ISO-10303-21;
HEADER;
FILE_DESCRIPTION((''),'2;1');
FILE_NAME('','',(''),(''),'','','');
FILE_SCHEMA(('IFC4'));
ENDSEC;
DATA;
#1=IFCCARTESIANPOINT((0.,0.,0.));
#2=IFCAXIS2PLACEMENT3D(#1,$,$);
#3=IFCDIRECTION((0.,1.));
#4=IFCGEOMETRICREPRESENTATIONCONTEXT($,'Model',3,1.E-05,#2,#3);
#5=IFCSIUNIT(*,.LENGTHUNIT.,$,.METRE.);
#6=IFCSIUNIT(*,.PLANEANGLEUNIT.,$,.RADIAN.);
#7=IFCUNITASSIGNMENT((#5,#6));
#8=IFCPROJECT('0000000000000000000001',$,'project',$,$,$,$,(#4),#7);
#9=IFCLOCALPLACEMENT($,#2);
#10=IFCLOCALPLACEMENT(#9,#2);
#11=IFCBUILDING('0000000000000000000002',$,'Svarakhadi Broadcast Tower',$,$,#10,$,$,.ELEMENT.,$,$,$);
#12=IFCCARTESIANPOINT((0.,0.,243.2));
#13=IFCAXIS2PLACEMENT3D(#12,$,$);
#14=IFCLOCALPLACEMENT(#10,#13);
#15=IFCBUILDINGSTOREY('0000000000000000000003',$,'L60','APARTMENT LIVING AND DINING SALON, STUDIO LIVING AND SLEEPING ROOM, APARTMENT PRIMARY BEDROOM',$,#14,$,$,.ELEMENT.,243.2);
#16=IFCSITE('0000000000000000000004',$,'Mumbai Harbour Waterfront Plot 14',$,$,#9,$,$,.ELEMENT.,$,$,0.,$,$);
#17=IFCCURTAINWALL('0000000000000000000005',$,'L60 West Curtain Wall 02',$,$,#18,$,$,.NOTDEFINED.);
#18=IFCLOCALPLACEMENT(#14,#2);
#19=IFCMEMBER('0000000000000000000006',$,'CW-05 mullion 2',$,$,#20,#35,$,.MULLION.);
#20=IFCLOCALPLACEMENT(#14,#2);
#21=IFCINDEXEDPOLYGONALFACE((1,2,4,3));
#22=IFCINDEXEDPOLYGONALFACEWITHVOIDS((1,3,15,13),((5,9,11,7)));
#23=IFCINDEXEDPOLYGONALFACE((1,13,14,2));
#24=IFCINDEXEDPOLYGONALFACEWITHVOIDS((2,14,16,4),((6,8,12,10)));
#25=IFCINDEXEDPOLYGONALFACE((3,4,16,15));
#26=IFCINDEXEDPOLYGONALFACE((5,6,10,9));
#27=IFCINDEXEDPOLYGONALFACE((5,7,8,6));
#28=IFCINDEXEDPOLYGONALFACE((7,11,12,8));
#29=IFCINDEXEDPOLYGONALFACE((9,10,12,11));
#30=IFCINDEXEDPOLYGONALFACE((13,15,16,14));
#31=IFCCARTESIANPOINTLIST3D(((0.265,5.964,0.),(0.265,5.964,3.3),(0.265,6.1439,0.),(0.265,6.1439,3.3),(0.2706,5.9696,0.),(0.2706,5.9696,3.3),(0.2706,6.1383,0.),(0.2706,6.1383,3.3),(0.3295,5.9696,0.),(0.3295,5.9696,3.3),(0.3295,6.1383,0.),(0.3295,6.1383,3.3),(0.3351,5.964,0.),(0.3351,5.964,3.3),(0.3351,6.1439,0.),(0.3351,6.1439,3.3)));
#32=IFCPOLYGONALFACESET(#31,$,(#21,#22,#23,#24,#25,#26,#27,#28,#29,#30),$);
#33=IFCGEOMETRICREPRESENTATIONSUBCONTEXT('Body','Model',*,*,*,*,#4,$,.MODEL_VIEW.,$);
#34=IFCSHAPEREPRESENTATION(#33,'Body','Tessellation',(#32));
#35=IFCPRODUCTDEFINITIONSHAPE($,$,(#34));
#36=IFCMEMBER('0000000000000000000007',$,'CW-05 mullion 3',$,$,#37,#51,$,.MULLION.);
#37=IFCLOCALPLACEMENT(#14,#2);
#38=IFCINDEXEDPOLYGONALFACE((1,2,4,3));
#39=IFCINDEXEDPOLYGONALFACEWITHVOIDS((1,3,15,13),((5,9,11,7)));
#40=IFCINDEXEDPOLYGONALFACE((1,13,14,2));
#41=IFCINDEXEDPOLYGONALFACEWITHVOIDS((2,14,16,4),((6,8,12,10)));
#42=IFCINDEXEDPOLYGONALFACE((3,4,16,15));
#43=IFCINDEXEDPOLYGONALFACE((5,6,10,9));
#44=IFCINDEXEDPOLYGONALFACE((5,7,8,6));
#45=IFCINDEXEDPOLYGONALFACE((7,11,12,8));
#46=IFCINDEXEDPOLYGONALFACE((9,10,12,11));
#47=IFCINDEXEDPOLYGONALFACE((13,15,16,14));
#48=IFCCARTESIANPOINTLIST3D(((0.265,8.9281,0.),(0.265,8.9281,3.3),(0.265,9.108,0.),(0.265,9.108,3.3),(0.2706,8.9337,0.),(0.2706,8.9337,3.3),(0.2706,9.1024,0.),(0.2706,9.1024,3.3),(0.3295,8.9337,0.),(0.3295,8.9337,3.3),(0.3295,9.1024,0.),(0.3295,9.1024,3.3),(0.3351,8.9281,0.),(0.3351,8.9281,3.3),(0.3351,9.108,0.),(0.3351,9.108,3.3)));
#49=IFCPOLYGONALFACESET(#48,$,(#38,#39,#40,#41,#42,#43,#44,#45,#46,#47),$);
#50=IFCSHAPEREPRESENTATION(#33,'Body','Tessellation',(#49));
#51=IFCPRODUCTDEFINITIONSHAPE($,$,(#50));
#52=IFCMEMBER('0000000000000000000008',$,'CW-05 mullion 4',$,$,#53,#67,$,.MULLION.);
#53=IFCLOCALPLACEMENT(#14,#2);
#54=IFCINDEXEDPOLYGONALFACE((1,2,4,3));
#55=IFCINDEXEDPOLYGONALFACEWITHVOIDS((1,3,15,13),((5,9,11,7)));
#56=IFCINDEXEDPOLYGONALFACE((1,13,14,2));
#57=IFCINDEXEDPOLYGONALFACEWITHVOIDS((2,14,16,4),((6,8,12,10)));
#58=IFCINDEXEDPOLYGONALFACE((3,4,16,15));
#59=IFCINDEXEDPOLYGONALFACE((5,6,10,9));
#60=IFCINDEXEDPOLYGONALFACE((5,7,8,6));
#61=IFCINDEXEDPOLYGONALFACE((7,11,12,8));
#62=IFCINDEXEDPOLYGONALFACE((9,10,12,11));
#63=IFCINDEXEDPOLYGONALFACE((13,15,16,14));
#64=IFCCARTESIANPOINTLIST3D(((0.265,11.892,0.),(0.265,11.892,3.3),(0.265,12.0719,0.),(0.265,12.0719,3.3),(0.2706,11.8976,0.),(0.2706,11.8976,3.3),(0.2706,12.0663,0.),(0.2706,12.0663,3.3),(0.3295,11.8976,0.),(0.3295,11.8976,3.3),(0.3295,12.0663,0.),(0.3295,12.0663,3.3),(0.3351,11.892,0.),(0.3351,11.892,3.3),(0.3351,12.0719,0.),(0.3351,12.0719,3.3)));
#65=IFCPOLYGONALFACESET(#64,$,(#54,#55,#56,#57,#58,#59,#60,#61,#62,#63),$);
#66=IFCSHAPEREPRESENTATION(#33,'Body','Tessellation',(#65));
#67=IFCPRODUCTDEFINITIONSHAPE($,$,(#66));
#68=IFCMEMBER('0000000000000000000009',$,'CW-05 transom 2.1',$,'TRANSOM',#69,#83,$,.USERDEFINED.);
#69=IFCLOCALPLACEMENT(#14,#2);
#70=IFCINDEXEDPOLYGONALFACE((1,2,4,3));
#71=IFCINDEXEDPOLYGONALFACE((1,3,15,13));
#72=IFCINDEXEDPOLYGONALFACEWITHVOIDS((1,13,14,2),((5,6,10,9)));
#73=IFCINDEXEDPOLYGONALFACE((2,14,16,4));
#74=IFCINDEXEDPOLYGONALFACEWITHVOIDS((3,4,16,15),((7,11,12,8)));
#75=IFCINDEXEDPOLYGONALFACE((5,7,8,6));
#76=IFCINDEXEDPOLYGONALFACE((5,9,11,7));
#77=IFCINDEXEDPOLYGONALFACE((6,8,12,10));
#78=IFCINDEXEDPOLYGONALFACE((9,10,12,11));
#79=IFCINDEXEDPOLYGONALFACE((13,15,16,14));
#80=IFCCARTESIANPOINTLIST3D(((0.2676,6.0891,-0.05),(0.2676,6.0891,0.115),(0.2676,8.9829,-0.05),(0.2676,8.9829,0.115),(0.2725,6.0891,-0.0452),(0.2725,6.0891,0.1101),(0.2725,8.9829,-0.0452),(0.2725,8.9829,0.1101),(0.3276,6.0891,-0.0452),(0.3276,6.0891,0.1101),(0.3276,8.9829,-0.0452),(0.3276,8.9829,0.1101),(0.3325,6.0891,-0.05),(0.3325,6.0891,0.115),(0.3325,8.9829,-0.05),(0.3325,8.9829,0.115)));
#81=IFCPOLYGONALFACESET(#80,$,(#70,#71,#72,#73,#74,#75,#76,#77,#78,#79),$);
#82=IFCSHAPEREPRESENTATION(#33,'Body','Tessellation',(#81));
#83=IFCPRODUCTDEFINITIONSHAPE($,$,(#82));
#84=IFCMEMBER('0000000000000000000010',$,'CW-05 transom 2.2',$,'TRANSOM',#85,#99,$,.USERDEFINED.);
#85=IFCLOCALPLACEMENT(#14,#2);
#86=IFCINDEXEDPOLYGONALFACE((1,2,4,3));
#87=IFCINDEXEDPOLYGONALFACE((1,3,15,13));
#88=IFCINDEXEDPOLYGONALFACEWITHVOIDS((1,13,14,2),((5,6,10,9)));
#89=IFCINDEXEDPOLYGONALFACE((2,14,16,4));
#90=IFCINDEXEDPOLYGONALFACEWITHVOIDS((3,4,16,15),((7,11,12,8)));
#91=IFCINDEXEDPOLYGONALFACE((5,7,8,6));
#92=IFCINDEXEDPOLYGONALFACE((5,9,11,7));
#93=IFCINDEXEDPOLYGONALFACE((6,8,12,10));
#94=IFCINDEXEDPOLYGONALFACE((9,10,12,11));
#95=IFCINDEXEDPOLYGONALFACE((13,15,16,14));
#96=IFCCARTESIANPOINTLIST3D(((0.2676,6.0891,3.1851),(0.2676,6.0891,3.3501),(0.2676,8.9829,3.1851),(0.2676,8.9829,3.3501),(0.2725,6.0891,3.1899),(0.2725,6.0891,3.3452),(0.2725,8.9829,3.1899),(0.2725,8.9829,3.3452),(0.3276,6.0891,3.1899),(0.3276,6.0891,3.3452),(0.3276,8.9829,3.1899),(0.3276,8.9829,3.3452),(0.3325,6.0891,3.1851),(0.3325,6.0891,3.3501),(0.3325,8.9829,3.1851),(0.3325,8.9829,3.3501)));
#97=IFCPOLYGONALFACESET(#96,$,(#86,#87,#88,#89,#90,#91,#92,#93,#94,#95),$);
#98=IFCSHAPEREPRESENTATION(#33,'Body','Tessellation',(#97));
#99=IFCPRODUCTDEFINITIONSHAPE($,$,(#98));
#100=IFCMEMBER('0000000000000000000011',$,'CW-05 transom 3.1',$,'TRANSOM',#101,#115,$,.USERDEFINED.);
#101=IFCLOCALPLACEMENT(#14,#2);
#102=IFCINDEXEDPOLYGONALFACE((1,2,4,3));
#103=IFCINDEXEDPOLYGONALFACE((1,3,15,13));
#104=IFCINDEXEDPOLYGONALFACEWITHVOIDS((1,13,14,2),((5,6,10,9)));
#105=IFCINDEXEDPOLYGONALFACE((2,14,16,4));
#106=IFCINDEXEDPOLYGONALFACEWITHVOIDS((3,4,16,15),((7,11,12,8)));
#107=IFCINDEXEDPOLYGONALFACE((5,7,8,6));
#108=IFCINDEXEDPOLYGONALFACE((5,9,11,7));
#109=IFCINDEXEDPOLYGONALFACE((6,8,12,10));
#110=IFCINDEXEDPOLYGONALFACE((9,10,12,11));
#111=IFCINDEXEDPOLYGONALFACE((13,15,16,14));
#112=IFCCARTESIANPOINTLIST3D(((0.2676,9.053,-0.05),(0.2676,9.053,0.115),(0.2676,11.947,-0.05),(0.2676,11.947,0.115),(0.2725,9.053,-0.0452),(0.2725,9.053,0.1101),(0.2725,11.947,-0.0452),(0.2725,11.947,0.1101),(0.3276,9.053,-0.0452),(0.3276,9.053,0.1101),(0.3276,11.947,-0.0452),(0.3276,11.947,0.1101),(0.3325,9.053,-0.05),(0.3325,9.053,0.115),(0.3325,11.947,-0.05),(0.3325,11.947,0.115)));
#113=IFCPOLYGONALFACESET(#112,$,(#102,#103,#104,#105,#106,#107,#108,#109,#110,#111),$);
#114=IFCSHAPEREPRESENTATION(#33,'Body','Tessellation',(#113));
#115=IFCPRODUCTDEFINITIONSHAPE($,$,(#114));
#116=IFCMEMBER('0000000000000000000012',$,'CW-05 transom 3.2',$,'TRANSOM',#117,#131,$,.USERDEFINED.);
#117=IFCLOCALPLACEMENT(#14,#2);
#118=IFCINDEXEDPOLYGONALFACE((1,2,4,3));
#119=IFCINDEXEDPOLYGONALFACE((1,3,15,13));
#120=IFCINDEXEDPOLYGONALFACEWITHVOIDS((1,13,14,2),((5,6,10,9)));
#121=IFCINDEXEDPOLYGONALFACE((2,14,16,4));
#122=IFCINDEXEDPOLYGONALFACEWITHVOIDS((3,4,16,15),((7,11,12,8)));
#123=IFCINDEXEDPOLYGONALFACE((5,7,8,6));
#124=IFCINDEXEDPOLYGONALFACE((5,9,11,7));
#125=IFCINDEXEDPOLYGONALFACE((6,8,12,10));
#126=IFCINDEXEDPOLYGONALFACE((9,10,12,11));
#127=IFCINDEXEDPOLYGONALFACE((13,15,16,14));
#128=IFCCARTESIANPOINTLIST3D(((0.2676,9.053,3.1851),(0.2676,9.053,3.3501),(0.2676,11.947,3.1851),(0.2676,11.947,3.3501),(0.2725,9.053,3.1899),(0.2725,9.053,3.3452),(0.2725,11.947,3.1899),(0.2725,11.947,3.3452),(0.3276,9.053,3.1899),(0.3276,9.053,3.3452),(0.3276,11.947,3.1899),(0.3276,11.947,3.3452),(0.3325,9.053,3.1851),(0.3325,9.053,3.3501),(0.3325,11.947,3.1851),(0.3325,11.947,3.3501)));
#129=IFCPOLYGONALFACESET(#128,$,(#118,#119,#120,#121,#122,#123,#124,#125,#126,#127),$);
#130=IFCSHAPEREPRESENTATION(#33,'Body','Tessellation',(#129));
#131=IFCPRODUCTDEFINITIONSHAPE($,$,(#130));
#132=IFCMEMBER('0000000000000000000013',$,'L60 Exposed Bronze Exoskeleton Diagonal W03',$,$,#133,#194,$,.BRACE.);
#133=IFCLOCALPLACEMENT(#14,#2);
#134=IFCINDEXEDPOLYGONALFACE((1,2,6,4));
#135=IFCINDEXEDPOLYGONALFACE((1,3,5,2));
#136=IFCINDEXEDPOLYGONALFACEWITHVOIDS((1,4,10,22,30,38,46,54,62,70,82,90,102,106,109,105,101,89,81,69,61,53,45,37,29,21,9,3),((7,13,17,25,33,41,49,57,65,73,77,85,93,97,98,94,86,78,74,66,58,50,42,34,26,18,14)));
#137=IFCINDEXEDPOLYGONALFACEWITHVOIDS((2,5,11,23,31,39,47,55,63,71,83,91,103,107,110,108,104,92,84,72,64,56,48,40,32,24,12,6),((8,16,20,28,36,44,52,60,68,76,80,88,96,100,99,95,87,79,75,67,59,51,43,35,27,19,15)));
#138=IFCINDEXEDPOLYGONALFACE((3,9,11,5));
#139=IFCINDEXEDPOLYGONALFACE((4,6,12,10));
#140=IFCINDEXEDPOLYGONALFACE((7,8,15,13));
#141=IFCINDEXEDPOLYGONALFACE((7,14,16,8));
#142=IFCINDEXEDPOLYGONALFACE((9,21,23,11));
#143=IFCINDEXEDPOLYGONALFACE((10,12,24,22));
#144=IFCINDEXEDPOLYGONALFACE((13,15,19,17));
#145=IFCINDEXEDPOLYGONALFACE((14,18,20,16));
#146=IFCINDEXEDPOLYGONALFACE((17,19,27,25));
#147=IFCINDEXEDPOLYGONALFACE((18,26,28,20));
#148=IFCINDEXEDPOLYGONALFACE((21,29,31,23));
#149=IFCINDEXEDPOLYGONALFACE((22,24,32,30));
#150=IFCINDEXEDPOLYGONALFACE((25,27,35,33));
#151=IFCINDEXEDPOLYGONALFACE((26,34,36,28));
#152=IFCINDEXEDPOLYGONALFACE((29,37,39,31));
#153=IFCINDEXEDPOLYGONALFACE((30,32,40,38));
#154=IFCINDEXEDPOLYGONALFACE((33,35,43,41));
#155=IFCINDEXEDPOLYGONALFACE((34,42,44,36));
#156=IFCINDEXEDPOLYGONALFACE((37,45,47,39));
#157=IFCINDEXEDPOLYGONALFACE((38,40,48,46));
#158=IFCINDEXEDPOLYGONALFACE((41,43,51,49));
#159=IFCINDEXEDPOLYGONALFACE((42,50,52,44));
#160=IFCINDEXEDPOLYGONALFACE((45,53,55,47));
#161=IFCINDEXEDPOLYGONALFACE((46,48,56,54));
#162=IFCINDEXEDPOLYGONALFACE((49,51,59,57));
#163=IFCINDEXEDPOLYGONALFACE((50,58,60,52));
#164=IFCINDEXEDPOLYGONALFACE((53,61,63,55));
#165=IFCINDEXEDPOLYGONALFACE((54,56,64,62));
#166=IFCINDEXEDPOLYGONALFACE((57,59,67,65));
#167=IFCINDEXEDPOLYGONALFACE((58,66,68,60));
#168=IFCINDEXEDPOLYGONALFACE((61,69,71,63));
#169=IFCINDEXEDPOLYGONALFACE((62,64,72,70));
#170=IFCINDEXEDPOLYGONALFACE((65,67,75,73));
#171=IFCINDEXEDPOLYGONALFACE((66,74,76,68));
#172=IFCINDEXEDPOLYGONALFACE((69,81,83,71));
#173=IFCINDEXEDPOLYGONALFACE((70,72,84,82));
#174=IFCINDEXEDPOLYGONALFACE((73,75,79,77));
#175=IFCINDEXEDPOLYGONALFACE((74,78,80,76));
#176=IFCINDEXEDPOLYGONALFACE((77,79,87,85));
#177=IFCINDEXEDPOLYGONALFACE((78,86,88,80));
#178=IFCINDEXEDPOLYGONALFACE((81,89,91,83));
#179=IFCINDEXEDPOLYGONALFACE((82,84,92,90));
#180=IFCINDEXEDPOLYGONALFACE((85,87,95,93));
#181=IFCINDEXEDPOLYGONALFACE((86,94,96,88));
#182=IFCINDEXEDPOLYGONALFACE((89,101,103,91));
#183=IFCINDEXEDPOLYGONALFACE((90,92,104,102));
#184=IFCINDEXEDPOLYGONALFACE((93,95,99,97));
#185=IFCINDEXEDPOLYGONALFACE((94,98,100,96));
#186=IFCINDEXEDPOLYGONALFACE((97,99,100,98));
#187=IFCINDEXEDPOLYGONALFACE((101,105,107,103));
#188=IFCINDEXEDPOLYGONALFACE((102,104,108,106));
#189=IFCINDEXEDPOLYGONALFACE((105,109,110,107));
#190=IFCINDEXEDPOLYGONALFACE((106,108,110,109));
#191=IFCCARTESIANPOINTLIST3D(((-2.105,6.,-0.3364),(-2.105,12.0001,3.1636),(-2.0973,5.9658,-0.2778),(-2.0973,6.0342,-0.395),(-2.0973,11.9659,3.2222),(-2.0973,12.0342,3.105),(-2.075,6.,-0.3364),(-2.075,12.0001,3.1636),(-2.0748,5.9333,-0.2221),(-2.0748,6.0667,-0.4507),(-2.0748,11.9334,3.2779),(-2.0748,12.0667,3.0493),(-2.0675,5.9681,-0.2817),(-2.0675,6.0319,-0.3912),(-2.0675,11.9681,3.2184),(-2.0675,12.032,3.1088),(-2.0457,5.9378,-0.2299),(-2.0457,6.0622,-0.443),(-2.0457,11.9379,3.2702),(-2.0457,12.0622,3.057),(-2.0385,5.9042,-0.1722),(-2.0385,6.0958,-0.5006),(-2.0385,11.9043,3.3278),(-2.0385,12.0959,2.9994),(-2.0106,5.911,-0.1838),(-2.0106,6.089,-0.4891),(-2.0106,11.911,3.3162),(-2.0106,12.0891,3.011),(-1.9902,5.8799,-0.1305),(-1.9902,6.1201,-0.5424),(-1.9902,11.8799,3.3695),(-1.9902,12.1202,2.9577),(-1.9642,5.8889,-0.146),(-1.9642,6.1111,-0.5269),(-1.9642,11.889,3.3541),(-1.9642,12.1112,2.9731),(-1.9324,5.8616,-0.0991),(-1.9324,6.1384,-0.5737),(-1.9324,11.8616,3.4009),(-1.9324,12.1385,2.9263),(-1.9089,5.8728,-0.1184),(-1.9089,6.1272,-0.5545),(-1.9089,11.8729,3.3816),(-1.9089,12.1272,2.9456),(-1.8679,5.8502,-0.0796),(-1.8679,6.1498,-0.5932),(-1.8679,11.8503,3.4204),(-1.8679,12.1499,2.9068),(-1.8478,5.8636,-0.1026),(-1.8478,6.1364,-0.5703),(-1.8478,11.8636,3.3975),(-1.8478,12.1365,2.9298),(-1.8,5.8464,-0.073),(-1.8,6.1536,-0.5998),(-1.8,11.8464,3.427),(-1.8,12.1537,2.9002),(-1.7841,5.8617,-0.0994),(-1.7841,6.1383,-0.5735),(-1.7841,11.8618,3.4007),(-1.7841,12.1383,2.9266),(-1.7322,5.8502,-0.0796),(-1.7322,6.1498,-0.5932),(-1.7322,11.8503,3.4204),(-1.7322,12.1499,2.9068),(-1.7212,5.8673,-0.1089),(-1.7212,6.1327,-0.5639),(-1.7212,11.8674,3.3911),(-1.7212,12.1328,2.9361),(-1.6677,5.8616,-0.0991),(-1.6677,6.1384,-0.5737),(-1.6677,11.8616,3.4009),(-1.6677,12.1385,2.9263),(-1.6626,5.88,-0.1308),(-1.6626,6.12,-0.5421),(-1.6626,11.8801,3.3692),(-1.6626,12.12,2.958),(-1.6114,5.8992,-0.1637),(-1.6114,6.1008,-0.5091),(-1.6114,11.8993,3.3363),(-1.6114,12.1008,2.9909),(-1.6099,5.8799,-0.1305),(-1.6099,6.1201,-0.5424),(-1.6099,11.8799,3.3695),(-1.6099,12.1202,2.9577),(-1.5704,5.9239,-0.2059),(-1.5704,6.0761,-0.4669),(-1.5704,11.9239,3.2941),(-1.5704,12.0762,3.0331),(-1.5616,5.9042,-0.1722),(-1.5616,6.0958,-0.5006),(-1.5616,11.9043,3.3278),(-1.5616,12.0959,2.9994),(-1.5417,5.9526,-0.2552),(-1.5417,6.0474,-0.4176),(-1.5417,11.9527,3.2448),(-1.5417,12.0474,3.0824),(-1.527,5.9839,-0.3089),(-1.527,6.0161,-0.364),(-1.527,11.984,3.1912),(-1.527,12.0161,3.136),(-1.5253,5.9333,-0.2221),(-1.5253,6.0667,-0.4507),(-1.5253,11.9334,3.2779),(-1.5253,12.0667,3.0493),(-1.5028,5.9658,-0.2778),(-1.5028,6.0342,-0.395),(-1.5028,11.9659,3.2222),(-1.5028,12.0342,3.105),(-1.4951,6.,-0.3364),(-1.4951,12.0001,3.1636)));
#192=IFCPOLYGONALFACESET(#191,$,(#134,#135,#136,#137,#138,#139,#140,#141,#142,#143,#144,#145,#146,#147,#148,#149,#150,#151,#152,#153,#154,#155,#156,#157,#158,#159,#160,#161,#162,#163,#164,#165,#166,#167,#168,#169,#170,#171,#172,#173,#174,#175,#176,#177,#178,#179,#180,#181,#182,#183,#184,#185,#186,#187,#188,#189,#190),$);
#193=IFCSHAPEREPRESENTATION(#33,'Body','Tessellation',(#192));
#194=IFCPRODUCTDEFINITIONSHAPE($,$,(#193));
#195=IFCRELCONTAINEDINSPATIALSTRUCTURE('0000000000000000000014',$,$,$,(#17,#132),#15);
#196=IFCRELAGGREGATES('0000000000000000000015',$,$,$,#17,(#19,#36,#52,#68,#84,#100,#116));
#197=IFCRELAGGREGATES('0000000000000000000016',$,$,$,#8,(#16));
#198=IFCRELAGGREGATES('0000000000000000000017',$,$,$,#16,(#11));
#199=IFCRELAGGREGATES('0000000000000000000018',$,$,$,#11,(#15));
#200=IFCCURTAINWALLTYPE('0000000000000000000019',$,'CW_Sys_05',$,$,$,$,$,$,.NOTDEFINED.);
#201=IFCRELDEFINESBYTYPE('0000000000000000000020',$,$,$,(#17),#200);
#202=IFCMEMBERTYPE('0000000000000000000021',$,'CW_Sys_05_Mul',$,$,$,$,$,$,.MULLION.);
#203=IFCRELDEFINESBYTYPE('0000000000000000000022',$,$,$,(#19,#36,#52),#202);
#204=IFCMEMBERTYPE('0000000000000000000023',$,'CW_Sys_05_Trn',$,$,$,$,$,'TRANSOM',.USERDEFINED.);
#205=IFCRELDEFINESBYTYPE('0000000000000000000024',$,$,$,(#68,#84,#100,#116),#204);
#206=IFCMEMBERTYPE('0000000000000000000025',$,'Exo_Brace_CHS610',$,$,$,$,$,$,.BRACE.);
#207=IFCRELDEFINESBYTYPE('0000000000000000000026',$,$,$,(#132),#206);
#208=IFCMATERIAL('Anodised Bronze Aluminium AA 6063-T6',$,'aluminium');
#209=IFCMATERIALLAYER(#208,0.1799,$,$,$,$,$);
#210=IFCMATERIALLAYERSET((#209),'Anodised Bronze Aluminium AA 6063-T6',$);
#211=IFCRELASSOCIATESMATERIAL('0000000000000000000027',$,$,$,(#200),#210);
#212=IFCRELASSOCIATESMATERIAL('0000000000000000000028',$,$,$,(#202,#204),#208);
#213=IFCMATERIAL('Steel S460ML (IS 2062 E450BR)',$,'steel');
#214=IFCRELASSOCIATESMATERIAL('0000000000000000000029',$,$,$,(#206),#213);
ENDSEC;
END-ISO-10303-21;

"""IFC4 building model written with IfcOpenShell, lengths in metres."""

from ifc_helpers import new_model, si_unit, direction, frame, origin, origin_2d, place, context, subcontext, project, spatial, hollow_rectangle, hollow_circle, extrude, material, layer, layer_set, material_profile, profile_set, type_object, element, aggregate, save


model = new_model("IFC4")

# Units and contexts
model_context = context("Model", 3, precision=1e-05, world=origin(), true_north=direction((0.0, 1.0)))
body_context = subcontext(model_context, "Body", "Model", "MODEL_VIEW")
ifc_project = project(units=[si_unit("LENGTHUNIT", "METRE"), si_unit("PLANEANGLEUNIT", "RADIAN")], contexts=[model_context])

# Site, building, storey
site_placement = place(None, origin())
site = spatial("IfcSite", under=ifc_project, at=site_placement, Name="Mumbai Harbour Waterfront Plot 14", CompositionType="ELEMENT", RefElevation=0.0)
building_placement = place(site_placement, origin())
building = spatial("IfcBuilding", under=site, at=building_placement, Name="Svarakhadi Broadcast Tower", CompositionType="ELEMENT")
storey_placement = place(building_placement, frame((0.0, 0.0, 243.2)))
storey = spatial("IfcBuildingStorey", under=building, at=storey_placement, Name="L60", Description="APARTMENT LIVING AND DINING SALON, STUDIO LIVING AND SLEEPING ROOM, APARTMENT PRIMARY BEDROOM", CompositionType="ELEMENT", Elevation=243.2)

# Shared definitions
ifc_material_1 = material(Name="Steel S460ML (IS 2062 E450BR)", Category="steel")

# Curtain wall, members
ifc_material_2 = material(Name="Anodised Bronze Aluminium AA 6063-T6", Category="aluminium")
ifc_layer_1 = layer(ifc_material_2, 0.1799)
ifc_layer_set_1 = layer_set([ifc_layer_1], Name="Anodised Bronze Aluminium AA 6063-T6")
curtain_wall_type = type_object("IfcCurtainWallType", Name="CW_Sys_05", PredefinedType="NOTDEFINED", material=ifc_layer_set_1)
curtain_wall_placement = place(storey_placement, origin())
curtain_wall = element("IfcCurtainWall", 1, at=curtain_wall_placement, inside=storey, type_object=curtain_wall_type, Name="L60 West Curtain Wall 02", PredefinedType="NOTDEFINED")
ifc_material_profile_1 = material_profile(ifc_material_2, hollow_rectangle(XDim=0.0701, YDim=0.1799, WallThickness=0.0056, at=origin_2d()), Name="ALU MULLION 180x70x6")
ifc_profile_set_1 = profile_set([ifc_material_profile_1], Name="Anodised Bronze Aluminium AA 6063-T6")
member_type_1 = type_object("IfcMemberType", Name="CW_Sys_05_Mul", PredefinedType="MULLION", material=ifc_profile_set_1)
member_1_placement = place(storey_placement, frame((0.3, 6.054, 0.0), z_axis=(0.0, 0.0, 1.0), x_axis=(-1.0, 0.0, 0.0)))
member_1 = element("IfcMember", 2, at=member_1_placement, type_object=member_type_1, Name="CW-05 mullion 2", PredefinedType="MULLION", context=body_context, shape_type="SweptSolid", body=[
    extrude(hollow_rectangle(XDim=0.0701, YDim=0.1799, WallThickness=0.0056, at=origin_2d()), origin(), (0.0, 0.0, 1.0), 3.3),
])
member_2_placement = place(storey_placement, frame((0.3, 9.0181, 0.0), z_axis=(0.0, 0.0, 1.0), x_axis=(-1.0, 0.0, 0.0)))
member_2 = element("IfcMember", 3, at=member_2_placement, type_object=member_type_1, Name="CW-05 mullion 3", PredefinedType="MULLION", context=body_context, shape_type="SweptSolid", body=[
    extrude(hollow_rectangle(XDim=0.0701, YDim=0.1799, WallThickness=0.0056, at=origin_2d()), origin(), (0.0, 0.0, 1.0), 3.3),
])
member_3_placement = place(storey_placement, frame((0.3, 11.9819, 0.0), z_axis=(0.0, 0.0, 1.0), x_axis=(-1.0, 0.0, 0.0)))
member_3 = element("IfcMember", 4, at=member_3_placement, type_object=member_type_1, Name="CW-05 mullion 4", PredefinedType="MULLION", context=body_context, shape_type="SweptSolid", body=[
    extrude(hollow_rectangle(XDim=0.0701, YDim=0.1799, WallThickness=0.0056, at=origin_2d()), origin(), (0.0, 0.0, 1.0), 3.3),
])
ifc_material_profile_2 = material_profile(ifc_material_2, hollow_rectangle(XDim=0.0649, YDim=0.165, WallThickness=0.0049, at=origin_2d()), Name="ALU TRANSOM 165x65x5")
ifc_profile_set_2 = profile_set([ifc_material_profile_2], Name="Anodised Bronze Aluminium AA 6063-T6")
member_type_2 = type_object("IfcMemberType", Name="CW_Sys_05_Trn", ElementType="TRANSOM", PredefinedType="USERDEFINED", material=ifc_profile_set_2)
member_4_placement = place(storey_placement, frame((0.3, 6.0891, 0.0325), z_axis=(0.0, 1.0, 0.0), x_axis=(-1.0, 0.0, 0.0)))
member_4 = element("IfcMember", 5, at=member_4_placement, type_object=member_type_2, Name="CW-05 transom 2.1", ObjectType="TRANSOM", PredefinedType="USERDEFINED", context=body_context, shape_type="SweptSolid", body=[
    extrude(hollow_rectangle(XDim=0.0649, YDim=0.165, WallThickness=0.0049, at=origin_2d()), origin(), (0.0, 0.0, 1.0), 2.8938),
])
member_5_placement = place(storey_placement, frame((0.3, 6.0891, 3.2676), z_axis=(0.0, 1.0, 0.0), x_axis=(-1.0, 0.0, 0.0)))
member_5 = element("IfcMember", 6, at=member_5_placement, type_object=member_type_2, Name="CW-05 transom 2.2", ObjectType="TRANSOM", PredefinedType="USERDEFINED", context=body_context, shape_type="SweptSolid", body=[
    extrude(hollow_rectangle(XDim=0.0649, YDim=0.165, WallThickness=0.0049, at=origin_2d()), origin(), (0.0, 0.0, 1.0), 2.8938),
])
member_6_placement = place(storey_placement, frame((0.3, 9.053, 0.0325), z_axis=(0.0, 1.0, 0.0), x_axis=(-1.0, 0.0, 0.0)))
member_6 = element("IfcMember", 7, at=member_6_placement, type_object=member_type_2, Name="CW-05 transom 3.1", ObjectType="TRANSOM", PredefinedType="USERDEFINED", context=body_context, shape_type="SweptSolid", body=[
    extrude(hollow_rectangle(XDim=0.0649, YDim=0.165, WallThickness=0.0049, at=origin_2d()), origin(), (0.0, 0.0, 1.0), 2.894),
])
member_7_placement = place(storey_placement, frame((0.3, 9.053, 3.2676), z_axis=(0.0, 1.0, 0.0), x_axis=(-1.0, 0.0, 0.0)))
member_7 = element("IfcMember", 8, at=member_7_placement, type_object=member_type_2, Name="CW-05 transom 3.2", ObjectType="TRANSOM", PredefinedType="USERDEFINED", context=body_context, shape_type="SweptSolid", body=[
    extrude(hollow_rectangle(XDim=0.0649, YDim=0.165, WallThickness=0.0049, at=origin_2d()), origin(), (0.0, 0.0, 1.0), 2.894),
])

# Member
ifc_material_profile_3 = material_profile(ifc_material_1, hollow_circle(Radius=0.3049, WallThickness=0.03, at=origin_2d()), Name="CHS 610x30")
ifc_profile_set_3 = profile_set([ifc_material_profile_3], Name="Steel S460ML (IS 2062 E450BR)")
member_type_3 = type_object("IfcMemberType", Name="Exo_Brace_CHS610", PredefinedType="BRACE", material=ifc_profile_set_3)
member_8_placement = place(storey_placement, frame((-1.8, 6.0, -0.3364), z_axis=(0.0, 0.863779, 0.503871), x_axis=(-1.0, 0.0, 0.0)))
element("IfcMember", 9, at=member_8_placement, inside=storey, type_object=member_type_3, Name="L60 Exposed Bronze Exoskeleton Diagonal W03", PredefinedType="BRACE", context=body_context, shape_type="SweptSolid", body=[
    extrude(hollow_circle(Radius=0.3049, WallThickness=0.03, at=origin_2d()), origin(), (0.0, 0.0, 1.0), 6.9463),
])

aggregate(curtain_wall, [member_1, member_2, member_3, member_4, member_5, member_6, member_7])

save(model, "model.ifc")
